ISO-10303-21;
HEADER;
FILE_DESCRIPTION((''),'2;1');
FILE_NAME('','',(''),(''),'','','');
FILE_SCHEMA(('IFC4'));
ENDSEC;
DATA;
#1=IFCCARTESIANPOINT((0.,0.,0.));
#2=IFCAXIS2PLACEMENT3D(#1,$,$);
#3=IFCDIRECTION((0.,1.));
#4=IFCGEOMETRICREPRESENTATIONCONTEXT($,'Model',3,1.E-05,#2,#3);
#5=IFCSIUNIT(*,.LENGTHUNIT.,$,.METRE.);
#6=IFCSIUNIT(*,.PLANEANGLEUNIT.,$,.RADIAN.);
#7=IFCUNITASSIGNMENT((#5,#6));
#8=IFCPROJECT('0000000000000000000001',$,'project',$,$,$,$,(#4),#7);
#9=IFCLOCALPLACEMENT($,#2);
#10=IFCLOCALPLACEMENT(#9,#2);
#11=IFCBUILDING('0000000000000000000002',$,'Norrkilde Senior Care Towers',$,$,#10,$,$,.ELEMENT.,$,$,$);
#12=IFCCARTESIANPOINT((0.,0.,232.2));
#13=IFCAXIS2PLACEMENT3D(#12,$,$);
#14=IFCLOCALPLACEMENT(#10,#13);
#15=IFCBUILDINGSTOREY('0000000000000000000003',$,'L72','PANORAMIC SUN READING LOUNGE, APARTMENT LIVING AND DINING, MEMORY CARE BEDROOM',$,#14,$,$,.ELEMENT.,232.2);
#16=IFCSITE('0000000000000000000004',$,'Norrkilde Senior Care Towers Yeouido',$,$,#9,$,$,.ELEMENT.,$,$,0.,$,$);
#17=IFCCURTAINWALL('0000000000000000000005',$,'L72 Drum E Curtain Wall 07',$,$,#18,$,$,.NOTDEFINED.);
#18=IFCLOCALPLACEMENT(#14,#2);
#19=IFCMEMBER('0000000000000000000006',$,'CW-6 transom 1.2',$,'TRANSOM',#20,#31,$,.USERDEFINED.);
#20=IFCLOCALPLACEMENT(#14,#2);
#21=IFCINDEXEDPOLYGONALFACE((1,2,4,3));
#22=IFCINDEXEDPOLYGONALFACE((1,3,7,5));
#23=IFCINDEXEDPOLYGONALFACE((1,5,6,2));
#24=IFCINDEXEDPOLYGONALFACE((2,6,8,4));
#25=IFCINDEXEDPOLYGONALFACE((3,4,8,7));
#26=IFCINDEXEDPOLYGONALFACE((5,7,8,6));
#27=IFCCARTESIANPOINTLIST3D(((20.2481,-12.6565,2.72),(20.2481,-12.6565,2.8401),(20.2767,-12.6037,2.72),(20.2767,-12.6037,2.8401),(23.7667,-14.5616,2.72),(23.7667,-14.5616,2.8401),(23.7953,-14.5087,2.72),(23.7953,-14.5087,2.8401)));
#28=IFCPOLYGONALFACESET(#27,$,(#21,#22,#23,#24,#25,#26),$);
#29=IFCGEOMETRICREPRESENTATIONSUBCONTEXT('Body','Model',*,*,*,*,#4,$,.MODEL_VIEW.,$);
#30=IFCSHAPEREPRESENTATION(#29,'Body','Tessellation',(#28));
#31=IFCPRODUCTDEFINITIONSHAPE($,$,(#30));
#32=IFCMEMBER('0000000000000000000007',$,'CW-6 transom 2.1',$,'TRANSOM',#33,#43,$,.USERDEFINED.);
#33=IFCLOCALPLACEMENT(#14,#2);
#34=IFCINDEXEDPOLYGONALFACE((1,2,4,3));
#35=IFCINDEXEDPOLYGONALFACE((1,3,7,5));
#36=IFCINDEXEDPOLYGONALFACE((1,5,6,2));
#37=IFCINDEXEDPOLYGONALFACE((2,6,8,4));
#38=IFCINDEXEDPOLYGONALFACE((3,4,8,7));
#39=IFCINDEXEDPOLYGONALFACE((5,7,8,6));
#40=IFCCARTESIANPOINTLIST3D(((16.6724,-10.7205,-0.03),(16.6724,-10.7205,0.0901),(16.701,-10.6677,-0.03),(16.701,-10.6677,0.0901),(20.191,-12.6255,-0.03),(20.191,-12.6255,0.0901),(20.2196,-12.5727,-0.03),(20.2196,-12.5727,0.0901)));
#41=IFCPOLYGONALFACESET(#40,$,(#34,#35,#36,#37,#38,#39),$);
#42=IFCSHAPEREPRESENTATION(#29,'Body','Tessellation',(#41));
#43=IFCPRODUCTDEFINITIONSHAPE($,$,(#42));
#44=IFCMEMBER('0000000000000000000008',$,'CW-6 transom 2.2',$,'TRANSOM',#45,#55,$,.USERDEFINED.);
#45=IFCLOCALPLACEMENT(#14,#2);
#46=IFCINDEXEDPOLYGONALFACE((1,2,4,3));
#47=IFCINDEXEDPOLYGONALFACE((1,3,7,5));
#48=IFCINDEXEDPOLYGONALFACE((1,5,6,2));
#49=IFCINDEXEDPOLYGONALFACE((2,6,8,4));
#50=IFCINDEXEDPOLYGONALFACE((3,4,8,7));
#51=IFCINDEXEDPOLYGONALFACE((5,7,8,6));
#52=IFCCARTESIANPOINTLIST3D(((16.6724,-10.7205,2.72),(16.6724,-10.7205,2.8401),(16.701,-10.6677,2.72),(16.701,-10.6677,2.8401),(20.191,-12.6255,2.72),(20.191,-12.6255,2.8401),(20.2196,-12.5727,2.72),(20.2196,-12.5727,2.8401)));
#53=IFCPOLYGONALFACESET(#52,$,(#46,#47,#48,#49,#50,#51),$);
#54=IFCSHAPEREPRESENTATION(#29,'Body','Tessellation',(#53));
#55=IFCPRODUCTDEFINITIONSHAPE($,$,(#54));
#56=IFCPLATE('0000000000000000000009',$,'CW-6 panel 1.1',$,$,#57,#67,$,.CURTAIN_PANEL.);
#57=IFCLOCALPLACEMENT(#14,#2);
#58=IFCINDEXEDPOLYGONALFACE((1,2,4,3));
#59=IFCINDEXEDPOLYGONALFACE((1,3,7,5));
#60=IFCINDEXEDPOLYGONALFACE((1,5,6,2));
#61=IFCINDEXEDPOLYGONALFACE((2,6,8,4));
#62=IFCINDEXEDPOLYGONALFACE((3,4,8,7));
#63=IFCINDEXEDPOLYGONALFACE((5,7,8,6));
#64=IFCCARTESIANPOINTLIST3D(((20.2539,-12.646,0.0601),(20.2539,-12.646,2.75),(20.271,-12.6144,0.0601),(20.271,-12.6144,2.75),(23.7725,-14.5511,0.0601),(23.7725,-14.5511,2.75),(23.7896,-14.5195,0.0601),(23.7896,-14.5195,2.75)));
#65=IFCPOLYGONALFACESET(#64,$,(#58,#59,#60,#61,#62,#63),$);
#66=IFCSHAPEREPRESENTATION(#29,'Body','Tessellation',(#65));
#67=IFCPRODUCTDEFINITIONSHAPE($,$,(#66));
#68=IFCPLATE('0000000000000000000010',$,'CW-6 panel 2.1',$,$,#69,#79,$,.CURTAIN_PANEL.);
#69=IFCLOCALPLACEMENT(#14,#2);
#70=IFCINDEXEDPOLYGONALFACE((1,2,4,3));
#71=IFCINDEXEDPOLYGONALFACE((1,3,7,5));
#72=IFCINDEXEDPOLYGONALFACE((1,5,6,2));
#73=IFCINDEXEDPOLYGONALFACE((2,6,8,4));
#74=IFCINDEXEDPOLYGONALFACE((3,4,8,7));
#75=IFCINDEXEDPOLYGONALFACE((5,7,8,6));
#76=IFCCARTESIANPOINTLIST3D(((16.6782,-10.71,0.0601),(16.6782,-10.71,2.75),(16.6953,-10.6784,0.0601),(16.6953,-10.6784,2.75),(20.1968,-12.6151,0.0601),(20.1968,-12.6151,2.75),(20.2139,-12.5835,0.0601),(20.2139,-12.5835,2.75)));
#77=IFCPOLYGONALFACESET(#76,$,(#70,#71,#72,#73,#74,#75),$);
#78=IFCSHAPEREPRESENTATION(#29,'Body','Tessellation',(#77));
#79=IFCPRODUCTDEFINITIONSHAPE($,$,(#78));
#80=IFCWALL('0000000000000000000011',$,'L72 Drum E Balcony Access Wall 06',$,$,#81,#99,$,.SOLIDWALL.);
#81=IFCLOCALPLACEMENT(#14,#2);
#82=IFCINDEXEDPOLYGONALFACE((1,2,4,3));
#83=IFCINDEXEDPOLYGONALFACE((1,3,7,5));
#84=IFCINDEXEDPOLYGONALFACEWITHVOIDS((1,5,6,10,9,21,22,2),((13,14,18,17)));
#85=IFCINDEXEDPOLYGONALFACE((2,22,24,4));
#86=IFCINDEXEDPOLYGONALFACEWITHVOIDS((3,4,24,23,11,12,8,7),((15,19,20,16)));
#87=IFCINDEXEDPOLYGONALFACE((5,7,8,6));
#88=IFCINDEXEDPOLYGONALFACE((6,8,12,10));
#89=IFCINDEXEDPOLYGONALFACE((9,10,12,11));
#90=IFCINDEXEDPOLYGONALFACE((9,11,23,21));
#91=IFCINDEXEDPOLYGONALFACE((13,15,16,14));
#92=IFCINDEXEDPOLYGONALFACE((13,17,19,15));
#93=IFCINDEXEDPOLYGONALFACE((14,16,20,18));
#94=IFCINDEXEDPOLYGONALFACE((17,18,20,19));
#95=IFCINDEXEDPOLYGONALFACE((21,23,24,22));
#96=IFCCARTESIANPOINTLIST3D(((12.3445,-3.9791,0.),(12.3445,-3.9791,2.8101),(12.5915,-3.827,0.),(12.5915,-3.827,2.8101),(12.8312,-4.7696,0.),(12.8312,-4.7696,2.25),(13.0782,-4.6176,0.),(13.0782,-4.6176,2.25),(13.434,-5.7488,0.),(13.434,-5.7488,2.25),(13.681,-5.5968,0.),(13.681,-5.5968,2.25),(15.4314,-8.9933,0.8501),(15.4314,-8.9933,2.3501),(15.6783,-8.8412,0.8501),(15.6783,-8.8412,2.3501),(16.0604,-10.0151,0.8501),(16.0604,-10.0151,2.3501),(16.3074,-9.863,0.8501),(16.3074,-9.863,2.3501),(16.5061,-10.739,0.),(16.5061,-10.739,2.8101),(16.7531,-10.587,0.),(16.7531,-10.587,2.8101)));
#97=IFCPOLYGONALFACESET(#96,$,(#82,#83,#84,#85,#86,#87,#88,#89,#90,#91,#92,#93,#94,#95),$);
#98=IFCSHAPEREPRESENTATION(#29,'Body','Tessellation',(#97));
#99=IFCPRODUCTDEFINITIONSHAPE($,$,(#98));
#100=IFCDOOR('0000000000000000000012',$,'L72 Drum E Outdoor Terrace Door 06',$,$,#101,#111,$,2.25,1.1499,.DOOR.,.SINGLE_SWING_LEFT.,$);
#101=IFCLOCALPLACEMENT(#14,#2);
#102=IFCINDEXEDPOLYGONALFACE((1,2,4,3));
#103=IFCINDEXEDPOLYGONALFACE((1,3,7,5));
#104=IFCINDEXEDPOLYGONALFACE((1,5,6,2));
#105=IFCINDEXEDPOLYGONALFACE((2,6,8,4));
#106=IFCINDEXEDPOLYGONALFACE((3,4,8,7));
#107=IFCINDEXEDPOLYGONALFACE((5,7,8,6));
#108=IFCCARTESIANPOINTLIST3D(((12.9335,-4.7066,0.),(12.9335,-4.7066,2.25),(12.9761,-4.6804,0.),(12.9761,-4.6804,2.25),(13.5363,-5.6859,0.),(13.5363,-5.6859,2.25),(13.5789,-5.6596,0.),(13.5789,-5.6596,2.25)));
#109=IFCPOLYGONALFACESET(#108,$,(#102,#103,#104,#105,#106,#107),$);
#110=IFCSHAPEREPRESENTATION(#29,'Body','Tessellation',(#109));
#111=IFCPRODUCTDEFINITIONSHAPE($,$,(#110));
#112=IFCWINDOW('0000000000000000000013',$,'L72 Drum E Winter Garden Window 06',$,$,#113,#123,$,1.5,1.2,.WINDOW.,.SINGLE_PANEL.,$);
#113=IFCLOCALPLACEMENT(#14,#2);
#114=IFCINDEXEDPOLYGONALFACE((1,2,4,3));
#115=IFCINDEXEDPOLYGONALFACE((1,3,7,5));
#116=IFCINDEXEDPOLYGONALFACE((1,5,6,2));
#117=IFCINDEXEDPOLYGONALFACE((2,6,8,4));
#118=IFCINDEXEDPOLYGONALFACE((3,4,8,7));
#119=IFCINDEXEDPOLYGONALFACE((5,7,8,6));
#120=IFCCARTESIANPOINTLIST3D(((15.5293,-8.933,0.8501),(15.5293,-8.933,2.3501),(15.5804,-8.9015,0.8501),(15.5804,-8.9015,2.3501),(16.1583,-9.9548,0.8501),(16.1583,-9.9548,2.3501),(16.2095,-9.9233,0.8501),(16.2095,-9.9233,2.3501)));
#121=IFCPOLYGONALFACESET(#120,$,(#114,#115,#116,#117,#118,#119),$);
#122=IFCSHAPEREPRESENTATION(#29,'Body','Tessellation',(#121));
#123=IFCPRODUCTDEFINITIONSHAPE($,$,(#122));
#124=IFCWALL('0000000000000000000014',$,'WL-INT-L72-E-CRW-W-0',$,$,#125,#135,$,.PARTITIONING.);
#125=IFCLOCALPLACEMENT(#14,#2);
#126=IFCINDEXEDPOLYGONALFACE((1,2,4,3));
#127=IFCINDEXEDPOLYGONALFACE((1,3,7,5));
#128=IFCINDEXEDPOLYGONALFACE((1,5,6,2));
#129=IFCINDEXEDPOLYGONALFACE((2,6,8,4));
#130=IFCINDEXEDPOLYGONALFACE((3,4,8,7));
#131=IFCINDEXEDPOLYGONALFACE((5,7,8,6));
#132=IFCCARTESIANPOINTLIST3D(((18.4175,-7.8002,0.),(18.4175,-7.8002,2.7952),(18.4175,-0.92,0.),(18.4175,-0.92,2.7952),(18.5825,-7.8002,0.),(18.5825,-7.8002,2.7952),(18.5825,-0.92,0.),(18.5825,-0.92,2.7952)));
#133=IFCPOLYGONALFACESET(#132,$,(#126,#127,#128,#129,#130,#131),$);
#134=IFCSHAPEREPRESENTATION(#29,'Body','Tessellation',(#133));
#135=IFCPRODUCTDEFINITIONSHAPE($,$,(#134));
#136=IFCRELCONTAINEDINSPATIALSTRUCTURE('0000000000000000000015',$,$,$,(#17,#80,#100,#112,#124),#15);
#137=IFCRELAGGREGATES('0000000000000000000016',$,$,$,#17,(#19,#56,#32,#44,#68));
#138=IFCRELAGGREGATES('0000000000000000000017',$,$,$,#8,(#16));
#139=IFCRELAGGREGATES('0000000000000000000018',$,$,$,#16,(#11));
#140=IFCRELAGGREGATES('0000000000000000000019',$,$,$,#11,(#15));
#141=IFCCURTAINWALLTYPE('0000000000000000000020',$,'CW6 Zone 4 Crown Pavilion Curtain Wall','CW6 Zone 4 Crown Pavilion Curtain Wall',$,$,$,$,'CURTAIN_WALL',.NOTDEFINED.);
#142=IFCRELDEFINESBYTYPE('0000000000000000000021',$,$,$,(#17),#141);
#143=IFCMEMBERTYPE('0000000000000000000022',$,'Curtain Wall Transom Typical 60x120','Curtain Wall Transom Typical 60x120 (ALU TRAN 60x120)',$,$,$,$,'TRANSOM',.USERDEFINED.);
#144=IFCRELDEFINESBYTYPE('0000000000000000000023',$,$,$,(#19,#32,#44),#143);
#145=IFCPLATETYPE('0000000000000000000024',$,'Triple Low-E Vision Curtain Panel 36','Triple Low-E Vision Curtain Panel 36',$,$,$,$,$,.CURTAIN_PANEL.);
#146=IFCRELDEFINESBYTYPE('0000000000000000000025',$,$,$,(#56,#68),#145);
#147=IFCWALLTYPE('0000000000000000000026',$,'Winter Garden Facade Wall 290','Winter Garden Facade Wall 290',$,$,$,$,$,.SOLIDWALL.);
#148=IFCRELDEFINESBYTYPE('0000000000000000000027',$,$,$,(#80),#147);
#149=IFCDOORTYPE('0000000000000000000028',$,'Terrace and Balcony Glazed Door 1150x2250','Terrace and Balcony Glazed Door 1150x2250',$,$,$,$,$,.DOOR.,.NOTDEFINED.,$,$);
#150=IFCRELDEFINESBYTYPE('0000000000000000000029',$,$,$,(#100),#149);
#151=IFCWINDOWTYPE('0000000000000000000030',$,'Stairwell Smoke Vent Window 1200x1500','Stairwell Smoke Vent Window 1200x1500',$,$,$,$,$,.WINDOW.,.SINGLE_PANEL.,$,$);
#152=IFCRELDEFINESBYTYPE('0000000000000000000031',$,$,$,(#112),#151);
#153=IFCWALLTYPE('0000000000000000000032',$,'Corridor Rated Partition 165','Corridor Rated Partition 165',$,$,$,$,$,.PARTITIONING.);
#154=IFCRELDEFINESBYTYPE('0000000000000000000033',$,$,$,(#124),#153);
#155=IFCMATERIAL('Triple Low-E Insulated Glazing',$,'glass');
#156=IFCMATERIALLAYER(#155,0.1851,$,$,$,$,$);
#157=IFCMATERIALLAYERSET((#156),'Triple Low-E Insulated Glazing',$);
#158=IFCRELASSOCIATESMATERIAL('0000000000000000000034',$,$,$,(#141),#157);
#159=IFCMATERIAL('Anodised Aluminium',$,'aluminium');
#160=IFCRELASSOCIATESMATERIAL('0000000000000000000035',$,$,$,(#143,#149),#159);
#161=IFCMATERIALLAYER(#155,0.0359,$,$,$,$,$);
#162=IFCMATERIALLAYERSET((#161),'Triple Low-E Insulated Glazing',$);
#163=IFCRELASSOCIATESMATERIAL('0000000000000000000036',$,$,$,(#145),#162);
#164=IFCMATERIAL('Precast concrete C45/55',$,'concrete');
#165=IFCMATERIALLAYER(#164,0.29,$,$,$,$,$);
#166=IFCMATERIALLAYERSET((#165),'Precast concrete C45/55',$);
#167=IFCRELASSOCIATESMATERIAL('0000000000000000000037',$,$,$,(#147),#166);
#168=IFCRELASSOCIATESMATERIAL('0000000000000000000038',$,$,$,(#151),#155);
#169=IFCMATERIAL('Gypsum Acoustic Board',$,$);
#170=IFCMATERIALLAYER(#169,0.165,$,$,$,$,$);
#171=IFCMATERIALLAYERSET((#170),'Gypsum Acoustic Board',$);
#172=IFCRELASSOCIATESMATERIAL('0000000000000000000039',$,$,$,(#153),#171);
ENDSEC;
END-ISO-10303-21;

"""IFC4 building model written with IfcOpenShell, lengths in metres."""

from ifc_helpers import new_model, si_unit, direction, frame, frame_2d, origin, origin_2d, place, context, subcontext, project, spatial, rectangle, extrude, source, transform, mapped, material, layer, layer_set, material_profile, profile_set, type_object, type_shapes, element, fill, aggregate, save


model = new_model("IFC4")

# Units and contexts
model_context = context("Model", 3, precision=1e-05, world=origin(), true_north=direction((0.0, 1.0)))
body_context = subcontext(model_context, "Body", "Model", "MODEL_VIEW")
ifc_project = project(units=[si_unit("LENGTHUNIT", "METRE"), si_unit("PLANEANGLEUNIT", "RADIAN")], contexts=[model_context])

# Site, building, storey
site_placement = place(None, origin())
site = spatial("IfcSite", under=ifc_project, at=site_placement, Name="Norrkilde Senior Care Towers Yeouido", CompositionType="ELEMENT", RefElevation=0.0)
building_placement = place(site_placement, origin())
building = spatial("IfcBuilding", under=site, at=building_placement, Name="Norrkilde Senior Care Towers", CompositionType="ELEMENT")
storey_placement = place(building_placement, frame((0.0, 0.0, 232.2)))
storey = spatial("IfcBuildingStorey", under=building, at=storey_placement, Name="L72", Description="PANORAMIC SUN READING LOUNGE, APARTMENT LIVING AND DINING, MEMORY CARE BEDROOM", CompositionType="ELEMENT", Elevation=232.2)

# Curtain wall
ifc_material_1 = material(Name="Triple Low-E Insulated Glazing", Category="glass")
ifc_layer_1 = layer(ifc_material_1, 0.1851)
ifc_layer_set_1 = layer_set([ifc_layer_1], Name="Triple Low-E Insulated Glazing")
curtain_wall_type = type_object("IfcCurtainWallType", Name="CW6 Zone 4 Crown Pavilion Curtain Wall", Description="CW6 Zone 4 Crown Pavilion Curtain Wall", ElementType="CURTAIN_WALL", PredefinedType="NOTDEFINED", material=ifc_layer_set_1)
curtain_wall_1_placement = place(storey_placement, origin())
curtain_wall_1 = element("IfcCurtainWall", 1, at=curtain_wall_1_placement, inside=storey, type_object=curtain_wall_type, Name="L72 Drum E Curtain Wall 07", PredefinedType="NOTDEFINED")
ifc_material_2 = material(Name="Anodised Aluminium", Category="aluminium")

# Members
ifc_material_profile_1 = material_profile(ifc_material_2, rectangle(XDim=0.0601, YDim=0.1201, at=origin_2d()), Name="ALU TRAN 60x120")
ifc_profile_set_1 = profile_set([ifc_material_profile_1], Name="Anodised Aluminium")
member_type_1 = type_object("IfcMemberType", Name="Curtain Wall Transom Typical 60x120", Description="Curtain Wall Transom Typical 60x120 (ALU TRAN 60x120)", ElementType="TRANSOM", PredefinedType="USERDEFINED", material=ifc_profile_set_1)
shared_shape_1 = source(origin(), body_context, "Body", "SweptSolid", [
    extrude(rectangle(XDim=0.0601, YDim=0.1201, at=origin_2d()), origin(), (0.0, 0.0, 1.0), 4.0012),
])
type_shapes(member_type_1, [shared_shape_1])
member_1_placement = place(storey_placement, frame((23.781, -14.5352, 2.78), z_axis=(-0.879381, 0.476118, 0.0), x_axis=(-0.476118, -0.879381, 0.0)))
member_1 = element("IfcMember", 2, at=member_1_placement, type_object=member_type_1, Name="CW-6 transom 1.2", ObjectType="TRANSOM", PredefinedType="USERDEFINED", context=body_context, shape_type="MappedRepresentation", body=[
    mapped(shared_shape_1, transform((0.0, 0.0, 0.0), x_axis=(1.0, 0.0, 0.0), y_axis=(0.0, 1.0, 0.0), z_axis=(0.0, 0.0, 1.0), scale=1.0)),
])
member_2_placement = place(storey_placement, frame((20.2053, -12.5991, 0.03), z_axis=(-0.879381, 0.476118, 0.0), x_axis=(-0.476118, -0.879381, 0.0)))
member_2 = element("IfcMember", 3, at=member_2_placement, type_object=member_type_1, Name="CW-6 transom 2.1", ObjectType="TRANSOM", PredefinedType="USERDEFINED", context=body_context, shape_type="MappedRepresentation", body=[
    mapped(shared_shape_1, transform((0.0, 0.0, 0.0), x_axis=(1.0, 0.0, 0.0), y_axis=(0.0, 1.0, 0.0), z_axis=(0.0, 0.0, 1.0), scale=1.0)),
])
member_3_placement = place(storey_placement, frame((20.2053, -12.5991, 2.78), z_axis=(-0.879381, 0.476118, 0.0), x_axis=(-0.476118, -0.879381, 0.0)))
member_3 = element("IfcMember", 4, at=member_3_placement, type_object=member_type_1, Name="CW-6 transom 2.2", ObjectType="TRANSOM", PredefinedType="USERDEFINED", context=body_context, shape_type="MappedRepresentation", body=[
    mapped(shared_shape_1, transform((0.0, 0.0, 0.0), x_axis=(1.0, 0.0, 0.0), y_axis=(0.0, 1.0, 0.0), z_axis=(0.0, 0.0, 1.0), scale=1.0)),
])

# Plates
ifc_layer_2 = layer(ifc_material_1, 0.0359)
ifc_layer_set_2 = layer_set([ifc_layer_2], Name="Triple Low-E Insulated Glazing")
plate_type = type_object("IfcPlateType", Name="Triple Low-E Vision Curtain Panel 36", Description="Triple Low-E Vision Curtain Panel 36", PredefinedType="CURTAIN_PANEL", material=ifc_layer_set_2)
shared_shape_2 = source(origin(), body_context, "Body", "SweptSolid", [
    extrude(rectangle(XDim=4.0012, YDim=0.0359, at=origin_2d()), origin(), (0.0, 0.0, 1.0), 2.6899),
])
type_shapes(plate_type, [shared_shape_2])
plate_1_placement = place(storey_placement, frame((22.0217, -13.5828, 0.0601), z_axis=(0.0, 0.0, 1.0), x_axis=(-0.879373, 0.476133, 0.0)))
plate_1 = element("IfcPlate", 5, at=plate_1_placement, type_object=plate_type, Name="CW-6 panel 1.1", PredefinedType="CURTAIN_PANEL", context=body_context, shape_type="MappedRepresentation", body=[
    mapped(shared_shape_2, transform((0.0, 0.0, 0.0), x_axis=(1.0, 0.0, 0.0), y_axis=(0.0, 1.0, 0.0), z_axis=(0.0, 0.0, 1.0), scale=1.0)),
])
plate_2_placement = place(storey_placement, frame((18.446, -11.6467, 0.0601), z_axis=(0.0, 0.0, 1.0), x_axis=(-0.879373, 0.476133, 0.0)))
plate_2 = element("IfcPlate", 6, at=plate_2_placement, type_object=plate_type, Name="CW-6 panel 2.1", PredefinedType="CURTAIN_PANEL", context=body_context, shape_type="MappedRepresentation", body=[
    mapped(shared_shape_2, transform((0.0, 0.0, 0.0), x_axis=(1.0, 0.0, 0.0), y_axis=(0.0, 1.0, 0.0), z_axis=(0.0, 0.0, 1.0), scale=1.0)),
])
aggregate(curtain_wall_1, [member_1, plate_1, member_2, member_3, plate_2])

# Wall, openings, door, window
ifc_material_3 = material(Name="Precast concrete C45/55", Category="concrete")
ifc_layer_3 = layer(ifc_material_3, 0.29)
ifc_layer_set_3 = layer_set([ifc_layer_3], Name="Precast concrete C45/55")
wall_type_1 = type_object("IfcWallType", Name="Winter Garden Facade Wall 290", Description="Winter Garden Facade Wall 290", PredefinedType="SOLIDWALL", material=ifc_layer_set_3)
shared_shape_3 = source(origin(), body_context, "Body", "SweptSolid", [
    extrude(rectangle(XDim=7.9382, YDim=0.29, at=frame_2d((3.9692, 0.0))), origin(), (0.0, 0.0, 1.0), 2.8101),
])
type_shapes(wall_type_1, [shared_shape_3])
wall_1_placement = place(storey_placement, frame((16.6296, -10.6631, 0.0), z_axis=(0.0, 0.0, 1.0), x_axis=(-0.524245, 0.851567, 0.0)))
wall_1 = element("IfcWall", 7, at=wall_1_placement, inside=storey, type_object=wall_type_1, Name="L72 Drum E Balcony Access Wall 06", PredefinedType="SOLIDWALL", context=body_context, shape_type="MappedRepresentation", body=[
    mapped(shared_shape_3, transform((0.0, 0.0, 0.0), x_axis=(1.0, 0.0, 0.0), y_axis=(0.0, 1.0, 0.0), z_axis=(0.0, 0.0, 1.0), scale=1.0)),
])
opening_1_placement = place(wall_1_placement, frame((5.8601, 0.0, 0.0)))
opening_1 = element("IfcOpeningElement", 8, at=opening_1_placement, cuts=wall_1, PredefinedType="OPENING", context=body_context, shape_type="SweptSolid", body=[
    extrude(rectangle(XDim=1.1499, YDim=2.25, at=frame_2d((0.575, 1.125))), frame((0.0, 0.155, 0.0), z_axis=(0.0, -1.0, 0.0), x_axis=(1.0, 0.0, 0.0)), (0.0, 0.0, 1.0), 0.3101),
])
opening_2_placement = place(wall_1_placement, frame((0.8501, 0.0, 0.8501)))
opening_2 = element("IfcOpeningElement", 9, at=opening_2_placement, cuts=wall_1, PredefinedType="OPENING", context=body_context, shape_type="SweptSolid", body=[
    extrude(rectangle(XDim=1.2, YDim=1.5, at=frame_2d((0.6001, 0.75))), frame((0.0, 0.155, 0.0), z_axis=(0.0, -1.0, 0.0), x_axis=(1.0, 0.0, 0.0)), (0.0, 0.0, 1.0), 0.3101),
])
door_type_1 = type_object("IfcDoorType", Name="Terrace and Balcony Glazed Door 1150x2250", Description="Terrace and Balcony Glazed Door 1150x2250", OperationType="NOTDEFINED", PredefinedType="DOOR", material=ifc_material_2)
shared_shape_4 = source(origin(), body_context, "Body", "SweptSolid", [
    extrude(rectangle(XDim=1.1499, YDim=2.25, at=frame_2d((0.575, 1.125))), frame((0.0, 0.0249, 0.0), z_axis=(0.0, -1.0, 0.0), x_axis=(1.0, 0.0, 0.0)), (0.0, 0.0, 1.0), 0.05),
])
type_shapes(door_type_1, [shared_shape_4])
door_1_placement = place(opening_1_placement, origin())
door_1 = element("IfcDoor", 10, at=door_1_placement, inside=storey, type_object=door_type_1, Name="L72 Drum E Outdoor Terrace Door 06", OperationType="SINGLE_SWING_LEFT", OverallHeight=2.25, OverallWidth=1.1499, PredefinedType="DOOR", context=body_context, shape_type="MappedRepresentation", body=[
    mapped(shared_shape_4, transform((0.0, 0.0, 0.0), x_axis=(1.0, 0.0, 0.0), y_axis=(0.0, 1.0, 0.0), z_axis=(0.0, 0.0, 1.0), scale=1.0)),
])
fill(opening_1, door_1)
window_type = type_object("IfcWindowType", Name="Stairwell Smoke Vent Window 1200x1500", Description="Stairwell Smoke Vent Window 1200x1500", PartitioningType="SINGLE_PANEL", PredefinedType="WINDOW", material=ifc_material_1)
shared_shape_5 = source(origin(), body_context, "Body", "SweptSolid", [
    extrude(rectangle(XDim=1.2, YDim=1.5, at=frame_2d((0.6001, 0.75))), frame((0.0, 0.03, 0.0), z_axis=(0.0, -1.0, 0.0), x_axis=(1.0, 0.0, 0.0)), (0.0, 0.0, 1.0), 0.0601),
])
type_shapes(window_type, [shared_shape_5])
window_placement = place(opening_2_placement, origin())
window = element("IfcWindow", 11, at=window_placement, inside=storey, type_object=window_type, Name="L72 Drum E Winter Garden Window 06", OverallHeight=1.5, OverallWidth=1.2, PartitioningType="SINGLE_PANEL", PredefinedType="WINDOW", context=body_context, shape_type="MappedRepresentation", body=[
    mapped(shared_shape_5, transform((0.0, 0.0, 0.0), x_axis=(1.0, 0.0, 0.0), y_axis=(0.0, 1.0, 0.0), z_axis=(0.0, 0.0, 1.0), scale=1.0)),
])
fill(opening_2, window)

# Wall
ifc_material_4 = material(Name="Gypsum Acoustic Board")
ifc_layer_4 = layer(ifc_material_4, 0.165)
ifc_layer_set_4 = layer_set([ifc_layer_4], Name="Gypsum Acoustic Board")
wall_type_2 = type_object("IfcWallType", Name="Corridor Rated Partition 165", Description="Corridor Rated Partition 165", PredefinedType="PARTITIONING", material=ifc_layer_set_4)
shared_shape_6 = source(origin(), body_context, "Body", "SweptSolid", [
    extrude(rectangle(XDim=6.8801, YDim=0.165, at=frame_2d((3.4399, 0.0))), origin(), (0.0, 0.0, 1.0), 2.7952),
])
type_shapes(wall_type_2, [shared_shape_6])
wall_2_placement = place(storey_placement, frame((18.5, -7.8, 0.0), z_axis=(0.0, 0.0, 1.0), x_axis=(0.0, 1.0, 0.0)))
element("IfcWall", 12, at=wall_2_placement, inside=storey, type_object=wall_type_2, Name="WL-INT-L72-E-CRW-W-0", PredefinedType="PARTITIONING", context=body_context, shape_type="MappedRepresentation", body=[
    mapped(shared_shape_6, transform((0.0, 0.0, 0.0), x_axis=(1.0, 0.0, 0.0), y_axis=(0.0, 1.0, 0.0), z_axis=(0.0, 0.0, 1.0), scale=1.0)),
])

save(model, "model.ifc")
